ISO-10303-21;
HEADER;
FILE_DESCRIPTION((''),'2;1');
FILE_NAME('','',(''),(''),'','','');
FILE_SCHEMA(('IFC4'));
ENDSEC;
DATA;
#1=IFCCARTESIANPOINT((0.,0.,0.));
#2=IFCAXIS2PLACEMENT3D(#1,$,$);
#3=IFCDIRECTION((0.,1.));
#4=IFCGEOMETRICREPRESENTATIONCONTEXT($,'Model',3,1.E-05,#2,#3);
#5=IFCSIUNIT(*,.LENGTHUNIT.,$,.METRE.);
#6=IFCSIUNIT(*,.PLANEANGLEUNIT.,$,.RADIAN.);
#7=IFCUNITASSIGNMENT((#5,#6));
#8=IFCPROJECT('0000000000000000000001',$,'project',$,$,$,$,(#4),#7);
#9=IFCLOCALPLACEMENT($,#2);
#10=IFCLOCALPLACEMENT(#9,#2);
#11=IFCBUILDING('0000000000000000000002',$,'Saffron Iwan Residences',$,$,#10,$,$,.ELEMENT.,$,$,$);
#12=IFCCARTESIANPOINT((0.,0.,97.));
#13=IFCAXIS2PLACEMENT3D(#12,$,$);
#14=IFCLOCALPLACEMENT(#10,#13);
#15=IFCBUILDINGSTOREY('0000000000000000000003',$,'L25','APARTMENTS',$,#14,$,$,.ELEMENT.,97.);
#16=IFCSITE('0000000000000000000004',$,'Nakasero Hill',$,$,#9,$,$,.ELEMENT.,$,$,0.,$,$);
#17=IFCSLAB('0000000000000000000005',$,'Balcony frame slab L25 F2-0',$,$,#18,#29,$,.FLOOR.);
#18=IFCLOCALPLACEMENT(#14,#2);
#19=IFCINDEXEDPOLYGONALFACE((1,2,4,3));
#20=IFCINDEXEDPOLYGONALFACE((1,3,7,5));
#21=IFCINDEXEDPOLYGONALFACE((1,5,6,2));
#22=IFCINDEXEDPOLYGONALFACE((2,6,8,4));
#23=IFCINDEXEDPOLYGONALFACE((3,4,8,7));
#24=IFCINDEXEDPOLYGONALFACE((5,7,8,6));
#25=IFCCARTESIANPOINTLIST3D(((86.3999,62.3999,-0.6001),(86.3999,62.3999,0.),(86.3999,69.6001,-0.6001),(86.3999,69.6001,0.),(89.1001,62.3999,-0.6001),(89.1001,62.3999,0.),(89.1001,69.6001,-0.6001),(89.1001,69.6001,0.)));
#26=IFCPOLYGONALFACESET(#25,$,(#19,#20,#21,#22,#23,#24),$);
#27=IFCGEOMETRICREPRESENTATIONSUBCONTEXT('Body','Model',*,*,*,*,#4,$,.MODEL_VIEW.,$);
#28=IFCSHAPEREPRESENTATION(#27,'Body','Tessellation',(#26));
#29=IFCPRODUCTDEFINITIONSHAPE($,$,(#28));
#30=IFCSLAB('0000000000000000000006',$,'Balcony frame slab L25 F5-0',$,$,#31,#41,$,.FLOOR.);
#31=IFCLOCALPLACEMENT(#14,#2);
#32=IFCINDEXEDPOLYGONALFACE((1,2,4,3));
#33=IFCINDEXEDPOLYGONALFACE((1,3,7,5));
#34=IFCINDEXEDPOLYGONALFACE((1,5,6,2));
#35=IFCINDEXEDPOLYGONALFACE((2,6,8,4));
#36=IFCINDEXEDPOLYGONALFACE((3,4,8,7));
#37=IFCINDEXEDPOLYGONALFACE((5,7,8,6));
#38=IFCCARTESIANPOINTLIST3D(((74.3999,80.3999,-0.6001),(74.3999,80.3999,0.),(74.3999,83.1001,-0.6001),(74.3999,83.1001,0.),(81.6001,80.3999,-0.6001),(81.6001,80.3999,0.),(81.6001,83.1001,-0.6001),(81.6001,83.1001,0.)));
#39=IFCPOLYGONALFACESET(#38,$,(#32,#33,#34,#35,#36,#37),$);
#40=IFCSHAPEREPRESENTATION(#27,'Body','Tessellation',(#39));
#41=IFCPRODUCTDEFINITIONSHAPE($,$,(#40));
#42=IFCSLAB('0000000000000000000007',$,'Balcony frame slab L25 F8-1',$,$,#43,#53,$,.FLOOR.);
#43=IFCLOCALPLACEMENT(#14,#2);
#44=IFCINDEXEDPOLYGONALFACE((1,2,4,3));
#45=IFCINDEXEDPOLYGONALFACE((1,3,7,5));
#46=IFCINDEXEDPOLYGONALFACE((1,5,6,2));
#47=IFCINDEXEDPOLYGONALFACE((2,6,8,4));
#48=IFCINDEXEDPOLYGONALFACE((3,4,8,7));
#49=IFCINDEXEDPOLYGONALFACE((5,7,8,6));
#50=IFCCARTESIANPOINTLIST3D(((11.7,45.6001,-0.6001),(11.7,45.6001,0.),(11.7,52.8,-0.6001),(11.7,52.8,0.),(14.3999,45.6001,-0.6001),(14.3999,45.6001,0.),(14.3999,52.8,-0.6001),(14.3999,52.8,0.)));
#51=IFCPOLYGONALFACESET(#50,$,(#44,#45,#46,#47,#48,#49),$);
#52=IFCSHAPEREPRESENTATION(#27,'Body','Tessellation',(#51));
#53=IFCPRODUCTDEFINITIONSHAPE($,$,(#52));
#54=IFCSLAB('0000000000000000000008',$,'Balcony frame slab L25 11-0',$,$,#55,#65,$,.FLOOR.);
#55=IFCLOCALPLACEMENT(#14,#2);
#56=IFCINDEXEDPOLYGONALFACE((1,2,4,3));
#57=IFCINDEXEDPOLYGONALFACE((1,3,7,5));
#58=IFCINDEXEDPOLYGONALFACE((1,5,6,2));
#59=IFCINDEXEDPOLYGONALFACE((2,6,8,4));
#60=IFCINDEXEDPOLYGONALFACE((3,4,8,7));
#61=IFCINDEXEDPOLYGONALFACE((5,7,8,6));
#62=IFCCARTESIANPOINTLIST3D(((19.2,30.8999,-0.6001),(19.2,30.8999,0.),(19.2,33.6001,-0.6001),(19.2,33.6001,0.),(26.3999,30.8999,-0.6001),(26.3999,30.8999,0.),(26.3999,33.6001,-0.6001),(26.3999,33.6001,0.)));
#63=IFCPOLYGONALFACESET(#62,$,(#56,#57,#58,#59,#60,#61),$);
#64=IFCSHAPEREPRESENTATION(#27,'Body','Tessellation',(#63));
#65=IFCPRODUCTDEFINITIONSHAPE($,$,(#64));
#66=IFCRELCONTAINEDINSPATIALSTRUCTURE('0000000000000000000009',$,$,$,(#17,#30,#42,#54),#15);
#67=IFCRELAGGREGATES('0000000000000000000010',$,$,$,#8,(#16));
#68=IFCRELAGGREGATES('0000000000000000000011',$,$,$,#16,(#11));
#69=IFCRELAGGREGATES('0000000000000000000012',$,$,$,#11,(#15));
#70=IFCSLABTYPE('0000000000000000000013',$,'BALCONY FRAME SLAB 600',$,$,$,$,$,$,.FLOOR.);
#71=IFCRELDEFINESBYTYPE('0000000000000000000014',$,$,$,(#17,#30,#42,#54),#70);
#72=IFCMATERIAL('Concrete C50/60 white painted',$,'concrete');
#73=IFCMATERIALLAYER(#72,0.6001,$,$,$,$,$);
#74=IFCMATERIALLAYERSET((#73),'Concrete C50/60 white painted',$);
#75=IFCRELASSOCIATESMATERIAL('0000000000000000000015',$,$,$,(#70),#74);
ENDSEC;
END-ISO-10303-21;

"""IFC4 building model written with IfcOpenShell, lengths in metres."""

from ifc_helpers import new_model, si_unit, direction, frame, origin, place, context, subcontext, project, spatial, polyline, outline, extrude, material, layer, layer_set, type_object, element, save


model = new_model("IFC4")

# Units and contexts
model_context = context("Model", 3, precision=1e-05, world=origin(), true_north=direction((0.0, 1.0)))
body_context = subcontext(model_context, "Body", "Model", "MODEL_VIEW")
ifc_project = project(units=[si_unit("LENGTHUNIT", "METRE"), si_unit("PLANEANGLEUNIT", "RADIAN")], contexts=[model_context])

# Site, building, storey
site_placement = place(None, origin())
site = spatial("IfcSite", under=ifc_project, at=site_placement, Name="Nakasero Hill", CompositionType="ELEMENT", RefElevation=0.0)
building_placement = place(site_placement, origin())
building = spatial("IfcBuilding", under=site, at=building_placement, Name="Saffron Iwan Residences", CompositionType="ELEMENT")
storey_placement = place(building_placement, frame((0.0, 0.0, 97.0)))
storey = spatial("IfcBuildingStorey", under=building, at=storey_placement, Name="L25", Description="APARTMENTS", CompositionType="ELEMENT", Elevation=97.0)

# Slabs
ifc_material_1 = material(Name="Concrete C50/60 white painted", Category="concrete")
ifc_layer_1 = layer(ifc_material_1, 0.6001)
ifc_layer_set_1 = layer_set([ifc_layer_1], Name="Concrete C50/60 white painted")
slab_type_1 = type_object("IfcSlabType", Name="BALCONY FRAME SLAB 600", PredefinedType="FLOOR", material=ifc_layer_set_1)
slab_1_placement = place(storey_placement, frame((0.0, 0.0, -0.6001)))
element("IfcSlab", 1, at=slab_1_placement, inside=storey, type_object=slab_type_1, Name="Balcony frame slab L25 F2-0", PredefinedType="FLOOR", context=body_context, shape_type="SweptSolid", body=[
    extrude(outline(polyline([(89.1001, 62.3999), (89.1001, 69.6001), (86.3999, 69.6001), (86.3999, 62.3999), (89.1001, 62.3999)])), origin(), (0.0, 0.0, 1.0), 0.6001),
])
slab_2_placement = place(storey_placement, frame((0.0, 0.0, -0.6001)))
element("IfcSlab", 2, at=slab_2_placement, inside=storey, type_object=slab_type_1, Name="Balcony frame slab L25 F5-0", PredefinedType="FLOOR", context=body_context, shape_type="SweptSolid", body=[
    extrude(outline(polyline([(81.6001, 83.1001), (74.3999, 83.1001), (74.3999, 80.3999), (81.6001, 80.3999), (81.6001, 83.1001)])), origin(), (0.0, 0.0, 1.0), 0.6001),
])
slab_3_placement = place(storey_placement, frame((0.0, 0.0, -0.6001)))
element("IfcSlab", 3, at=slab_3_placement, inside=storey, type_object=slab_type_1, Name="Balcony frame slab L25 F8-1", PredefinedType="FLOOR", context=body_context, shape_type="SweptSolid", body=[
    extrude(outline(polyline([(11.7, 52.8), (11.7, 45.6001), (14.3999, 45.6001), (14.3999, 52.8), (11.7, 52.8)])), origin(), (0.0, 0.0, 1.0), 0.6001),
])
slab_4_placement = place(storey_placement, frame((0.0, 0.0, -0.6001)))
element("IfcSlab", 4, at=slab_4_placement, inside=storey, type_object=slab_type_1, Name="Balcony frame slab L25 11-0", PredefinedType="FLOOR", context=body_context, shape_type="SweptSolid", body=[
    extrude(outline(polyline([(19.2, 30.8999), (26.3999, 30.8999), (26.3999, 33.6001), (19.2, 33.6001), (19.2, 30.8999)])), origin(), (0.0, 0.0, 1.0), 0.6001),
])

save(model, "model.ifc")
